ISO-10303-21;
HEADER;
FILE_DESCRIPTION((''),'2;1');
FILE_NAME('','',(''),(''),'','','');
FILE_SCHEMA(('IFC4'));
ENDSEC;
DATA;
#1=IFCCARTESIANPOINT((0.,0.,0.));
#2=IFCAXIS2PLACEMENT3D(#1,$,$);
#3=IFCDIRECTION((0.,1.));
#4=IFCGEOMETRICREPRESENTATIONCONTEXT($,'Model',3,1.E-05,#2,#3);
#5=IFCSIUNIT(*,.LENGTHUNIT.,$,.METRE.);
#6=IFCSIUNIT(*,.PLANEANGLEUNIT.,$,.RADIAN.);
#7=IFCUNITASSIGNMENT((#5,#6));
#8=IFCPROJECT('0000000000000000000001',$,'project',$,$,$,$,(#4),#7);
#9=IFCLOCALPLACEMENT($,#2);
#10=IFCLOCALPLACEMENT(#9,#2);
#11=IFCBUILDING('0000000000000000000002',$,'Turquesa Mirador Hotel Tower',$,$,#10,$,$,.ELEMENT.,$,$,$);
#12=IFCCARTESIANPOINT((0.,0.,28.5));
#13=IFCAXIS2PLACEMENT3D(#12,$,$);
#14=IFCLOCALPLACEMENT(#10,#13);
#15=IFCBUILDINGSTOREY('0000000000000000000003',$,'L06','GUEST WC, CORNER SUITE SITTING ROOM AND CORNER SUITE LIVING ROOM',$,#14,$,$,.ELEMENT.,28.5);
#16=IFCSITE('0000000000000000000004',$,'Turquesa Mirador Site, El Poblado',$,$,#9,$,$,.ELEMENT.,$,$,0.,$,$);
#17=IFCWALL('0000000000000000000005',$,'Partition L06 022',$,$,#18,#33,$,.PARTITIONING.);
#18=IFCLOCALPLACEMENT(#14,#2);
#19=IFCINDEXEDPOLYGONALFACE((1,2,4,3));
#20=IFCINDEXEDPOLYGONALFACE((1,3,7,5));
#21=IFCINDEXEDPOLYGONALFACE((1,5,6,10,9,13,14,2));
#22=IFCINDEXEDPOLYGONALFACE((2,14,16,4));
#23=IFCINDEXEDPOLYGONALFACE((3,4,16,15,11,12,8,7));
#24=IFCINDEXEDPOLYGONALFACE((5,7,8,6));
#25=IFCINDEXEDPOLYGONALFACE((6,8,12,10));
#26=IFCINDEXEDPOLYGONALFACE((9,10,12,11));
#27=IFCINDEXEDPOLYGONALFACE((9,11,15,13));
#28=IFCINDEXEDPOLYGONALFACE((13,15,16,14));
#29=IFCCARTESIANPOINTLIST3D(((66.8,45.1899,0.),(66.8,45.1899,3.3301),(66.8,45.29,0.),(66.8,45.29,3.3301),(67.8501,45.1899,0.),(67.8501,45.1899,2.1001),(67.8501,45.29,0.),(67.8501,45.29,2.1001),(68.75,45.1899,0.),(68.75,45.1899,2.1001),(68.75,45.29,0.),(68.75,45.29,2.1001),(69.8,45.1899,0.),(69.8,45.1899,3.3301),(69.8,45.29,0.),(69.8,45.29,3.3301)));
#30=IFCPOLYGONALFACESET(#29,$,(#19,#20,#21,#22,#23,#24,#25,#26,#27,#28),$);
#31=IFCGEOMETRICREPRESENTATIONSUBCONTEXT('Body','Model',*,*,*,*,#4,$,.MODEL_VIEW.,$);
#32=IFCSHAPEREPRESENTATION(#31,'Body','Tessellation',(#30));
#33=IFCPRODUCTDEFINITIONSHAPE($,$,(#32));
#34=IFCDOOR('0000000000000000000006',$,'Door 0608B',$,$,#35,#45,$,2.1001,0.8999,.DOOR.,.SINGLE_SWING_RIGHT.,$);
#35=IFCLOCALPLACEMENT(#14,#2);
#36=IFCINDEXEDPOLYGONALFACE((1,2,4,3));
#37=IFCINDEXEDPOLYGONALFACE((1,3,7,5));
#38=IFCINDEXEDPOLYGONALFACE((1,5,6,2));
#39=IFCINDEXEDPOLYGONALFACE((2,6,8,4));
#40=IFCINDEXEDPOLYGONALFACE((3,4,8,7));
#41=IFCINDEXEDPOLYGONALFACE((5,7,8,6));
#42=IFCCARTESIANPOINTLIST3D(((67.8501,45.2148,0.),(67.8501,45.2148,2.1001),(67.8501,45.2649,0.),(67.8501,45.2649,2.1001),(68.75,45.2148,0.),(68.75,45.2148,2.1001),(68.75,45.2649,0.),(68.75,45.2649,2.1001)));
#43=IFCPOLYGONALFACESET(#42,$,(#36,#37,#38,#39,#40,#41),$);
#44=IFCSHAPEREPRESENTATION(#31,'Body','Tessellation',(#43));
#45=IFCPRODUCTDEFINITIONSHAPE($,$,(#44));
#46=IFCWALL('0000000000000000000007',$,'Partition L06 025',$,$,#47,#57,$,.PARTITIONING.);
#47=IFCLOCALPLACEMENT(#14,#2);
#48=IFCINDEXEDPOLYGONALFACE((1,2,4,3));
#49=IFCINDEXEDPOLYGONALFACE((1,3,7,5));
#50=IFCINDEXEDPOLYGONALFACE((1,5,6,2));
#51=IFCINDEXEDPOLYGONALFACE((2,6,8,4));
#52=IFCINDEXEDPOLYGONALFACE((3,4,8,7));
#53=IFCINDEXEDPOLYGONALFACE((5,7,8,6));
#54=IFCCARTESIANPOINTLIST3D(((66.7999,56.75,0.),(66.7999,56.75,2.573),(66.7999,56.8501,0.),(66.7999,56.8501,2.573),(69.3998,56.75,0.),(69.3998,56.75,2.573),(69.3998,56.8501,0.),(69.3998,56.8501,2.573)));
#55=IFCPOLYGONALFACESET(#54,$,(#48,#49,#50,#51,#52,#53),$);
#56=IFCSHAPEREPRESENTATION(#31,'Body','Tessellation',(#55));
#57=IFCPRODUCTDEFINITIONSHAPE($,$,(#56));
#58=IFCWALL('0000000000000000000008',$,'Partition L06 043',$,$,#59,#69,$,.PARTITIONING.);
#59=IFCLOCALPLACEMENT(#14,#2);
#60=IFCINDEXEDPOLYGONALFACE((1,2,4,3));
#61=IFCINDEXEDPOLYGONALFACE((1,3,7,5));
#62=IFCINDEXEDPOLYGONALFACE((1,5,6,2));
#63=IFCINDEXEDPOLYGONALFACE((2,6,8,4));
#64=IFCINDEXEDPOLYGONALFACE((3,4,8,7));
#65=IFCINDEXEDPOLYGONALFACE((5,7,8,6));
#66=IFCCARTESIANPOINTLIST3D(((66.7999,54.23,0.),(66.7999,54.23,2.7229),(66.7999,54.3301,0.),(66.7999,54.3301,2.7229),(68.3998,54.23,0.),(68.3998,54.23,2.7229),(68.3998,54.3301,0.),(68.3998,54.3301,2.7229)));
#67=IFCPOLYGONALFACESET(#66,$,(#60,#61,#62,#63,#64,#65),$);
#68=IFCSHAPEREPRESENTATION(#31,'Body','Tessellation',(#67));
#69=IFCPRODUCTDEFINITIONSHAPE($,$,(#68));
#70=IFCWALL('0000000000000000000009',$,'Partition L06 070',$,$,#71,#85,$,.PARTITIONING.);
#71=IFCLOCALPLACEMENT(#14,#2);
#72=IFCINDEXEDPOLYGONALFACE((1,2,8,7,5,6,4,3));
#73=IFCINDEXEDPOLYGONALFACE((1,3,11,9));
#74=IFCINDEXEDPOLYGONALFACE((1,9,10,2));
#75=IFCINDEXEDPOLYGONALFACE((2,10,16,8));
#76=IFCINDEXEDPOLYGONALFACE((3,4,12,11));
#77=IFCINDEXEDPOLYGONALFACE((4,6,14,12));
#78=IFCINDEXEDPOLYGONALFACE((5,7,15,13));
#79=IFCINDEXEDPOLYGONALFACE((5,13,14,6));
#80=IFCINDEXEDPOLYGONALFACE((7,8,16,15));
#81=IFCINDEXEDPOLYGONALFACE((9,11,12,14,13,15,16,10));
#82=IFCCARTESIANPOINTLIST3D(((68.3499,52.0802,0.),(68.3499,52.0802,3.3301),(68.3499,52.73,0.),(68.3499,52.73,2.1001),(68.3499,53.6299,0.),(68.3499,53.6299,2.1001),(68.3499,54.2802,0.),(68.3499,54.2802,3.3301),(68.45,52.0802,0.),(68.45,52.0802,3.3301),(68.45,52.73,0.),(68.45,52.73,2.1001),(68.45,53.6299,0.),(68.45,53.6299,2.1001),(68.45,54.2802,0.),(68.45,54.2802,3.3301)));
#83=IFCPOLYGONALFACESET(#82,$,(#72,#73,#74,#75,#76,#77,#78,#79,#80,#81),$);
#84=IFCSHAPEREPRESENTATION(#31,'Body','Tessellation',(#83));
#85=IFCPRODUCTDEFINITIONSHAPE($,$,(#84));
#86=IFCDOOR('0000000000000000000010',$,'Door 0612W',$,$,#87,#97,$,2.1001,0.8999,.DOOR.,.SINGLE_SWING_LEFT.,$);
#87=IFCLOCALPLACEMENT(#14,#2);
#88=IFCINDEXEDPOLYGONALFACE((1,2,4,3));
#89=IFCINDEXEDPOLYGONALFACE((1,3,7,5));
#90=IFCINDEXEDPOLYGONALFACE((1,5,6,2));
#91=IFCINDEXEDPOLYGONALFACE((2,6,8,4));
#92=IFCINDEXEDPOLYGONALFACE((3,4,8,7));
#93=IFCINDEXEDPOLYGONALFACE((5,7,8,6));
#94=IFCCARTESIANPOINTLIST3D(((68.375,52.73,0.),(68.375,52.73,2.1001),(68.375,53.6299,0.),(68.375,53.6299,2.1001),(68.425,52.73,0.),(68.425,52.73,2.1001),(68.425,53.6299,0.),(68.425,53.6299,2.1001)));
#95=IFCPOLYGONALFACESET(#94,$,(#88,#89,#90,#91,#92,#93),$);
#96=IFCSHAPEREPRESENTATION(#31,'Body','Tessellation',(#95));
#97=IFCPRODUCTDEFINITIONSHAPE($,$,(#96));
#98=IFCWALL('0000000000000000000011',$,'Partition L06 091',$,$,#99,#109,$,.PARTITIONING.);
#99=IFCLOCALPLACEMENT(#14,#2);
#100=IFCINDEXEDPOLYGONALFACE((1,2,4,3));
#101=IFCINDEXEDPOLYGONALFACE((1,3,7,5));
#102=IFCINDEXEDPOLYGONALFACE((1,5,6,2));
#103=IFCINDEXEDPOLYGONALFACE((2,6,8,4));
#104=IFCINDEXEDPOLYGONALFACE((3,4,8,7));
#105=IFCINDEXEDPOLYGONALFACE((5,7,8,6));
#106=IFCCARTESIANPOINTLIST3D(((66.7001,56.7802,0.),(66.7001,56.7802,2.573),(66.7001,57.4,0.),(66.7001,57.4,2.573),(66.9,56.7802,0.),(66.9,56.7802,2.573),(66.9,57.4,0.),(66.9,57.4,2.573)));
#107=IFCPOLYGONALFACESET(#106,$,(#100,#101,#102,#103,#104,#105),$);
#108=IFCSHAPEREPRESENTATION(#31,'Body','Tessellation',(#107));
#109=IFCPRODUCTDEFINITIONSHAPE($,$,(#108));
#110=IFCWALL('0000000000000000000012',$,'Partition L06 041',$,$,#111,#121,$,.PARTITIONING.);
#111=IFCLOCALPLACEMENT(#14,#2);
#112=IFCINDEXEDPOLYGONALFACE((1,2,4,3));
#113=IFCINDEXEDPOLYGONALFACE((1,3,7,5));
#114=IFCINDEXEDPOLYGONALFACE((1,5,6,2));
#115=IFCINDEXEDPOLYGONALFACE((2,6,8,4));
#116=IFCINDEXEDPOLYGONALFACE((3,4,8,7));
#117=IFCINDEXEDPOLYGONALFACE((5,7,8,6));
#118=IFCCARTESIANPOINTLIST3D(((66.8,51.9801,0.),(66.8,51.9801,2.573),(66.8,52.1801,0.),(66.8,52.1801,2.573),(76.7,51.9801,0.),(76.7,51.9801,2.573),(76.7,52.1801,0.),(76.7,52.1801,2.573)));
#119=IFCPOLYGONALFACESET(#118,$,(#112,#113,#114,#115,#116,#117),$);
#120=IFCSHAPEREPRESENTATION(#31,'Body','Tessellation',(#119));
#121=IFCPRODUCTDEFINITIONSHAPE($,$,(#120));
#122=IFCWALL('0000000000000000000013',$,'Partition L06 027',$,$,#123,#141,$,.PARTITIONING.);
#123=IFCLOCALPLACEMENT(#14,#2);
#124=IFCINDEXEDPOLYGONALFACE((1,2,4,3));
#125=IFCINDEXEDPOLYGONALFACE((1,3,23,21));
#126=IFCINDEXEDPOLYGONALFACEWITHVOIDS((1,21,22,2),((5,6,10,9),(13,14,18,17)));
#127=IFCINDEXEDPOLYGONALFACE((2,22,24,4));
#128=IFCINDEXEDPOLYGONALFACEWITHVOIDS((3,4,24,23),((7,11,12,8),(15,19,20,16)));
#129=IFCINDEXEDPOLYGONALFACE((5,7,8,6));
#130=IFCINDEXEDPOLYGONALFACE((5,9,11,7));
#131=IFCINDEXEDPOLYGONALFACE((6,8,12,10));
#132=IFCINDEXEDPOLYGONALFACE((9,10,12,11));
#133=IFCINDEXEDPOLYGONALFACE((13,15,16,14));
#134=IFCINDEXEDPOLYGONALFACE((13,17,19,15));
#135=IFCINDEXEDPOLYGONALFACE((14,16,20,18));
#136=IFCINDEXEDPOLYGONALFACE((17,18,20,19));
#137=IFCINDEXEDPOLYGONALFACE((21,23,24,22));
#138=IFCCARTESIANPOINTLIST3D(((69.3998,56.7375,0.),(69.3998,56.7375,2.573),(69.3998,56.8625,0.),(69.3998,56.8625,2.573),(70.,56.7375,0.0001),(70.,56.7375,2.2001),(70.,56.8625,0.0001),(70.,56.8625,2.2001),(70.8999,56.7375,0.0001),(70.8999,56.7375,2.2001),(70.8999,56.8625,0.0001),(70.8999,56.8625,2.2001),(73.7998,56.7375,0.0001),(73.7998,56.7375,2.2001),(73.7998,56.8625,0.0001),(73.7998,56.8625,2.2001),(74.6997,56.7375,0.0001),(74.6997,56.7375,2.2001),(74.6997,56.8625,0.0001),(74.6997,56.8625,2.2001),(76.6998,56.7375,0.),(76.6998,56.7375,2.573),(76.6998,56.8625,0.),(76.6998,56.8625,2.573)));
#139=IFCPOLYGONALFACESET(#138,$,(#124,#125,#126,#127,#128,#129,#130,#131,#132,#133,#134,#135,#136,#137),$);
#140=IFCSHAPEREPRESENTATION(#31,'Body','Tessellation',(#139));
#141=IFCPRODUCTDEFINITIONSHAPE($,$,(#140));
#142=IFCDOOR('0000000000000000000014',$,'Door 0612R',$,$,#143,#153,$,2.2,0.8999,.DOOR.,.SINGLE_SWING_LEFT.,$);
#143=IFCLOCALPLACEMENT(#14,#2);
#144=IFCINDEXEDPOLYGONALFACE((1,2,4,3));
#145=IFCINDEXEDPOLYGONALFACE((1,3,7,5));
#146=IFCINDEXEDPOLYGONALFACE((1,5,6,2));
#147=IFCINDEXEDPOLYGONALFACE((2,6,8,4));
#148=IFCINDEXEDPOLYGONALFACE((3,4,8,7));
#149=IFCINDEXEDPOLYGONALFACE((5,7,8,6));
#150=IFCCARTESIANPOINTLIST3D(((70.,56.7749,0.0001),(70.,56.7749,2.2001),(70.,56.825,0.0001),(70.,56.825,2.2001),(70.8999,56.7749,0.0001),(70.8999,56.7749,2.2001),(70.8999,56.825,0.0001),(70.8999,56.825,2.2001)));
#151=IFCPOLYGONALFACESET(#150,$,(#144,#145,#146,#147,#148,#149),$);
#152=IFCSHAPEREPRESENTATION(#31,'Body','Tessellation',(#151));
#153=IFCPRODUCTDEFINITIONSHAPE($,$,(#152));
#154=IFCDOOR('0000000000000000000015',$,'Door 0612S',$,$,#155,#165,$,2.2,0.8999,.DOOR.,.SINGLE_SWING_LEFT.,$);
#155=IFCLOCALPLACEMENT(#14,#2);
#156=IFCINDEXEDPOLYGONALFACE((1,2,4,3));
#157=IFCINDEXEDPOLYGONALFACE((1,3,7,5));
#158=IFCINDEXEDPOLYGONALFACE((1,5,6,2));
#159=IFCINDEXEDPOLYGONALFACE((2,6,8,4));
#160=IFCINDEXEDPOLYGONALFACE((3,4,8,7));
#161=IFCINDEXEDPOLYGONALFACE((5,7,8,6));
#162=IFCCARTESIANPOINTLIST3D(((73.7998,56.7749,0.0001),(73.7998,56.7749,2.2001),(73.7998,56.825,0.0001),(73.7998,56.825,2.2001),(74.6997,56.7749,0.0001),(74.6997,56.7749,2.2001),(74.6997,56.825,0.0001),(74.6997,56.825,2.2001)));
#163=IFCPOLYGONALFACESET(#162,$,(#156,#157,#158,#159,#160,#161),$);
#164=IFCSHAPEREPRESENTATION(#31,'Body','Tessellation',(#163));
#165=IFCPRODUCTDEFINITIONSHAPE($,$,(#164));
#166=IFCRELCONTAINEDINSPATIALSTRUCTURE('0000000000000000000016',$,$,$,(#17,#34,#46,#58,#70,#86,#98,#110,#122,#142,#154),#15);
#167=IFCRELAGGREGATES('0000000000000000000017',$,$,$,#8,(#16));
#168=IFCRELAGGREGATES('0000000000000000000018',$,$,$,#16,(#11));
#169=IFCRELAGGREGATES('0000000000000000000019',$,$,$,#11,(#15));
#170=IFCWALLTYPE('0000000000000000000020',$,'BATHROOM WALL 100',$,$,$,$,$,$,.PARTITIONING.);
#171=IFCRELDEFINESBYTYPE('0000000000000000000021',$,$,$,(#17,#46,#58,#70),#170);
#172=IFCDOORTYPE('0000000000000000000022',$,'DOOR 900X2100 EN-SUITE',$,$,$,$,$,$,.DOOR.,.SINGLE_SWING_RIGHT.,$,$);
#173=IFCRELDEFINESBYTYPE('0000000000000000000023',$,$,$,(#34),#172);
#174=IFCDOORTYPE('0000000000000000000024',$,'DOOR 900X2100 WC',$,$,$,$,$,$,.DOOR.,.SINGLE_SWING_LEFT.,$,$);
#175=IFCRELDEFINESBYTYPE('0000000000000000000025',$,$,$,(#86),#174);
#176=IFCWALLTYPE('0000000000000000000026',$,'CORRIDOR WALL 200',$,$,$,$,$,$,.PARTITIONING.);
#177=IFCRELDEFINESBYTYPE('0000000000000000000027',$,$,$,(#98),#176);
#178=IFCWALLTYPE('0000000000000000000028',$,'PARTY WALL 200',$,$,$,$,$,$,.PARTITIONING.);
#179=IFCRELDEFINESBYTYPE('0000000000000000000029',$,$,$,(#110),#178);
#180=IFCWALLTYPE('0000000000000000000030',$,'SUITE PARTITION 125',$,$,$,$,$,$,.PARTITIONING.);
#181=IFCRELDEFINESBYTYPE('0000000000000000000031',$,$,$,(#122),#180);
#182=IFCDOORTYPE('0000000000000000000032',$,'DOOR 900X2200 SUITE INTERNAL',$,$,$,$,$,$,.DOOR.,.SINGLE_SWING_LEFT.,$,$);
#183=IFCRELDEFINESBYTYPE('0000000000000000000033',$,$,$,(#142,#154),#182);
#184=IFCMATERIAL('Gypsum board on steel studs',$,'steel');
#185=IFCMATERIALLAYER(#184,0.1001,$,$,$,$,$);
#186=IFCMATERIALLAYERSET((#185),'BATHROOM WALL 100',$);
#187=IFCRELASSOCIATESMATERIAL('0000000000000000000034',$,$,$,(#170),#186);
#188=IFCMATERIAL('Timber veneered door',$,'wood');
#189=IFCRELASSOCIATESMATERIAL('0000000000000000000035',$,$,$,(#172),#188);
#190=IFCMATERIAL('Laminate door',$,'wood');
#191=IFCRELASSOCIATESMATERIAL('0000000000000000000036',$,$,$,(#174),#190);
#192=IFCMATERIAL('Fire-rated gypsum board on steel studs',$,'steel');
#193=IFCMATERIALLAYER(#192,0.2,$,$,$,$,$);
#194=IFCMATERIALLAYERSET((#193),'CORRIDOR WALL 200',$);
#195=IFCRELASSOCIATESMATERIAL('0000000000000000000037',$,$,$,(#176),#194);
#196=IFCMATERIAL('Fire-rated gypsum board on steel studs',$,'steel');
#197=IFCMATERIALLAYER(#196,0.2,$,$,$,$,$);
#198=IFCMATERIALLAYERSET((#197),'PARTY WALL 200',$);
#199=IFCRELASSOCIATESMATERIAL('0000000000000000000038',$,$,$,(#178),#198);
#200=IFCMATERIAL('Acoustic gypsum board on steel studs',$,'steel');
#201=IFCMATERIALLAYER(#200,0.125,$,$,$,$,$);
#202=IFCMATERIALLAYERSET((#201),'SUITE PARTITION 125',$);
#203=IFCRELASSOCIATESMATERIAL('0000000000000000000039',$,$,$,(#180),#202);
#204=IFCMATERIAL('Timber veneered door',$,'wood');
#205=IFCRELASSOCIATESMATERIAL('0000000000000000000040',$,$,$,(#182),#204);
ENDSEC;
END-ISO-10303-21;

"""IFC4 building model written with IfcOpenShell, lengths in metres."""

from ifc_helpers import new_model, si_unit, direction, frame, frame_2d, origin, place, context, subcontext, project, spatial, rectangle, extrude, material, layer, layer_set, type_object, element, fill, save


model = new_model("IFC4")

# Units and contexts
model_context = context("Model", 3, precision=1e-05, world=origin(), true_north=direction((0.0, 1.0)))
body_context = subcontext(model_context, "Body", "Model", "MODEL_VIEW")
ifc_project = project(units=[si_unit("LENGTHUNIT", "METRE"), si_unit("PLANEANGLEUNIT", "RADIAN")], contexts=[model_context])

# Site, building, storey
site_placement = place(None, origin())
site = spatial("IfcSite", under=ifc_project, at=site_placement, Name="Turquesa Mirador Site, El Poblado", CompositionType="ELEMENT", RefElevation=0.0)
building_placement = place(site_placement, origin())
building = spatial("IfcBuilding", under=site, at=building_placement, Name="Turquesa Mirador Hotel Tower", CompositionType="ELEMENT")
storey_placement = place(building_placement, frame((0.0, 0.0, 28.5)))
storey = spatial("IfcBuildingStorey", under=building, at=storey_placement, Name="L06", Description="GUEST WC, CORNER SUITE SITTING ROOM AND CORNER SUITE LIVING ROOM", CompositionType="ELEMENT", Elevation=28.5)

# Wall, opening, door
ifc_material_1 = material(Name="Gypsum board on steel studs", Category="steel")
ifc_layer_1 = layer(ifc_material_1, 0.1001)
ifc_layer_set_1 = layer_set([ifc_layer_1], Name="BATHROOM WALL 100")
wall_type_1 = type_object("IfcWallType", Name="BATHROOM WALL 100", PredefinedType="PARTITIONING", material=ifc_layer_set_1)
wall_1_placement = place(storey_placement, frame((66.8, 45.24, 0.0), z_axis=(0.0, 0.0, 1.0), x_axis=(1.0, 0.0, 0.0)))
wall_1 = element("IfcWall", 1, at=wall_1_placement, inside=storey, type_object=wall_type_1, Name="Partition L06 022", PredefinedType="PARTITIONING", context=body_context, shape_type="SweptSolid", body=[
    extrude(rectangle(XDim=3.0, YDim=0.1001, at=frame_2d((1.5, 0.0))), origin(), (0.0, 0.0, 1.0), 3.3301),
])
opening_1_placement = place(wall_1_placement, frame((1.05, 0.0, 0.0)))
opening_1 = element("IfcOpeningElement", 2, at=opening_1_placement, cuts=wall_1, PredefinedType="OPENING", context=body_context, shape_type="SweptSolid", body=[
    extrude(rectangle(XDim=0.8999, YDim=2.1001, at=frame_2d((0.45, 1.05))), frame((0.0, 0.0601, 0.0), z_axis=(0.0, -1.0, 0.0), x_axis=(1.0, 0.0, 0.0)), (0.0, 0.0, 1.0), 0.1201),
])
ifc_material_2 = material(Name="Timber veneered door", Category="wood")
door_type_1 = type_object("IfcDoorType", Name="DOOR 900X2100 EN-SUITE", OperationType="SINGLE_SWING_RIGHT", PredefinedType="DOOR", material=ifc_material_2)
door_1_placement = place(opening_1_placement, origin())
door_1 = element("IfcDoor", 3, at=door_1_placement, inside=storey, type_object=door_type_1, Name="Door 0608B", OperationType="SINGLE_SWING_RIGHT", OverallHeight=2.1001, OverallWidth=0.8999, PredefinedType="DOOR", context=body_context, shape_type="SweptSolid", body=[
    extrude(rectangle(XDim=0.8999, YDim=2.1001, at=frame_2d((0.45, 1.05))), frame((0.0, 0.0249, 0.0), z_axis=(0.0, -1.0, 0.0), x_axis=(1.0, 0.0, 0.0)), (0.0, 0.0, 1.0), 0.05),
])
fill(opening_1, door_1)

# Walls
wall_2_placement = place(storey_placement, frame((66.8, 56.8, 0.0), z_axis=(0.0, 0.0, 1.0), x_axis=(1.0, 0.0, 0.0)))
element("IfcWall", 4, at=wall_2_placement, inside=storey, type_object=wall_type_1, Name="Partition L06 025", PredefinedType="PARTITIONING", context=body_context, shape_type="SweptSolid", body=[
    extrude(rectangle(XDim=2.5999, YDim=0.1001, at=frame_2d((1.2998, 0.0))), origin(), (0.0, 0.0, 1.0), 2.573),
])
wall_3_placement = place(storey_placement, frame((66.8, 54.28, 0.0), z_axis=(0.0, 0.0, 1.0), x_axis=(1.0, 0.0, 0.0)))
element("IfcWall", 5, at=wall_3_placement, inside=storey, type_object=wall_type_1, Name="Partition L06 043", PredefinedType="PARTITIONING", context=body_context, shape_type="SweptSolid", body=[
    extrude(rectangle(XDim=1.5999, YDim=0.1001, at=frame_2d((0.7998, 0.0))), origin(), (0.0, 0.0, 1.0), 2.7229),
])

# Wall, opening, door
wall_4_placement = place(storey_placement, frame((68.3999, 52.0801, 0.0), z_axis=(0.0, 0.0, 1.0), x_axis=(0.0, 1.0, 0.0)))
wall_4 = element("IfcWall", 6, at=wall_4_placement, inside=storey, type_object=wall_type_1, Name="Partition L06 070", PredefinedType="PARTITIONING", context=body_context, shape_type="SweptSolid", body=[
    extrude(rectangle(XDim=2.2, YDim=0.1001, at=frame_2d((1.1001, 0.0))), origin(), (0.0, 0.0, 1.0), 3.3301),
])
opening_2_placement = place(wall_4_placement, frame((0.6499, 0.0, 0.0)))
opening_2 = element("IfcOpeningElement", 7, at=opening_2_placement, cuts=wall_4, PredefinedType="OPENING", context=body_context, shape_type="SweptSolid", body=[
    extrude(rectangle(XDim=0.8999, YDim=2.1001, at=frame_2d((0.45, 1.05))), frame((0.0, 0.0601, 0.0), z_axis=(0.0, -1.0, 0.0), x_axis=(1.0, 0.0, 0.0)), (0.0, 0.0, 1.0), 0.1201),
])
ifc_material_3 = material(Name="Laminate door", Category="wood")
door_type_2 = type_object("IfcDoorType", Name="DOOR 900X2100 WC", OperationType="SINGLE_SWING_LEFT", PredefinedType="DOOR", material=ifc_material_3)
door_2_placement = place(opening_2_placement, origin())
door_2 = element("IfcDoor", 8, at=door_2_placement, inside=storey, type_object=door_type_2, Name="Door 0612W", OperationType="SINGLE_SWING_LEFT", OverallHeight=2.1001, OverallWidth=0.8999, PredefinedType="DOOR", context=body_context, shape_type="SweptSolid", body=[
    extrude(rectangle(XDim=0.8999, YDim=2.1001, at=frame_2d((0.45, 1.05))), frame((0.0, 0.0249, 0.0), z_axis=(0.0, -1.0, 0.0), x_axis=(1.0, 0.0, 0.0)), (0.0, 0.0, 1.0), 0.05),
])
fill(opening_2, door_2)

# Walls
ifc_material_4 = material(Name="Fire-rated gypsum board on steel studs", Category="steel")
ifc_layer_2 = layer(ifc_material_4, 0.2)
ifc_layer_set_2 = layer_set([ifc_layer_2], Name="CORRIDOR WALL 200")
wall_type_2 = type_object("IfcWallType", Name="CORRIDOR WALL 200", PredefinedType="PARTITIONING", material=ifc_layer_set_2)
wall_5_placement = place(storey_placement, frame((66.8, 56.78, 0.0), z_axis=(0.0, 0.0, 1.0), x_axis=(0.0, 1.0, 0.0)))
element("IfcWall", 9, at=wall_5_placement, inside=storey, type_object=wall_type_2, Name="Partition L06 091", PredefinedType="PARTITIONING", context=body_context, shape_type="SweptSolid", body=[
    extrude(rectangle(XDim=0.6199, YDim=0.2, at=frame_2d((0.3101, 0.0))), origin(), (0.0, 0.0, 1.0), 2.573),
])
ifc_material_5 = material(Name="Fire-rated gypsum board on steel studs", Category="steel")
ifc_layer_3 = layer(ifc_material_5, 0.2)
ifc_layer_set_3 = layer_set([ifc_layer_3], Name="PARTY WALL 200")
wall_type_3 = type_object("IfcWallType", Name="PARTY WALL 200", PredefinedType="PARTITIONING", material=ifc_layer_set_3)
wall_6_placement = place(storey_placement, frame((66.8, 52.0801, 0.0), z_axis=(0.0, 0.0, 1.0), x_axis=(1.0, 0.0, 0.0)))
element("IfcWall", 10, at=wall_6_placement, inside=storey, type_object=wall_type_3, Name="Partition L06 041", PredefinedType="PARTITIONING", context=body_context, shape_type="SweptSolid", body=[
    extrude(rectangle(XDim=9.8999, YDim=0.2, at=frame_2d((4.95, 0.0))), origin(), (0.0, 0.0, 1.0), 2.573),
])

# Wall, openings, doors
ifc_material_6 = material(Name="Acoustic gypsum board on steel studs", Category="steel")
ifc_layer_4 = layer(ifc_material_6, 0.125)
ifc_layer_set_4 = layer_set([ifc_layer_4], Name="SUITE PARTITION 125")
wall_type_4 = type_object("IfcWallType", Name="SUITE PARTITION 125", PredefinedType="PARTITIONING", material=ifc_layer_set_4)
wall_7_placement = place(storey_placement, frame((69.3999, 56.8, 0.0), z_axis=(0.0, 0.0, 1.0), x_axis=(1.0, 0.0, 0.0)))
wall_7 = element("IfcWall", 11, at=wall_7_placement, inside=storey, type_object=wall_type_4, Name="Partition L06 027", PredefinedType="PARTITIONING", context=body_context, shape_type="SweptSolid", body=[
    extrude(rectangle(XDim=7.3, YDim=0.125, at=frame_2d((3.6499, 0.0))), origin(), (0.0, 0.0, 1.0), 2.573),
])
opening_3_placement = place(wall_7_placement, frame((0.6001, 0.0, 0.0)))
opening_3 = element("IfcOpeningElement", 12, at=opening_3_placement, cuts=wall_7, PredefinedType="OPENING", context=body_context, shape_type="SweptSolid", body=[
    extrude(rectangle(XDim=0.8999, YDim=2.2, at=frame_2d((0.45, 1.1001))), frame((0.0, 0.0725, 0.0), z_axis=(0.0, -1.0, 0.0), x_axis=(1.0, 0.0, 0.0)), (0.0, 0.0, 1.0), 0.145),
])
opening_4_placement = place(wall_7_placement, frame((4.3999, 0.0, 0.0)))
opening_4 = element("IfcOpeningElement", 13, at=opening_4_placement, cuts=wall_7, PredefinedType="OPENING", context=body_context, shape_type="SweptSolid", body=[
    extrude(rectangle(XDim=0.8999, YDim=2.2, at=frame_2d((0.45, 1.1001))), frame((0.0, 0.0725, 0.0), z_axis=(0.0, -1.0, 0.0), x_axis=(1.0, 0.0, 0.0)), (0.0, 0.0, 1.0), 0.145),
])
ifc_material_7 = material(Name="Timber veneered door", Category="wood")
door_type_3 = type_object("IfcDoorType", Name="DOOR 900X2200 SUITE INTERNAL", OperationType="SINGLE_SWING_LEFT", PredefinedType="DOOR", material=ifc_material_7)
door_3_placement = place(opening_3_placement, origin())
door_3 = element("IfcDoor", 14, at=door_3_placement, inside=storey, type_object=door_type_3, Name="Door 0612R", OperationType="SINGLE_SWING_LEFT", OverallHeight=2.2, OverallWidth=0.8999, PredefinedType="DOOR", context=body_context, shape_type="SweptSolid", body=[
    extrude(rectangle(XDim=0.8999, YDim=2.2, at=frame_2d((0.45, 1.1001))), frame((0.0, 0.0249, 0.0), z_axis=(0.0, -1.0, 0.0), x_axis=(1.0, 0.0, 0.0)), (0.0, 0.0, 1.0), 0.05),
])
fill(opening_3, door_3)
door_4_placement = place(opening_4_placement, origin())
door_4 = element("IfcDoor", 15, at=door_4_placement, inside=storey, type_object=door_type_3, Name="Door 0612S", OperationType="SINGLE_SWING_LEFT", OverallHeight=2.2, OverallWidth=0.8999, PredefinedType="DOOR", context=body_context, shape_type="SweptSolid", body=[
    extrude(rectangle(XDim=0.8999, YDim=2.2, at=frame_2d((0.45, 1.1001))), frame((0.0, 0.0249, 0.0), z_axis=(0.0, -1.0, 0.0), x_axis=(1.0, 0.0, 0.0)), (0.0, 0.0, 1.0), 0.05),
])
fill(opening_4, door_4)

save(model, "model.ifc")
